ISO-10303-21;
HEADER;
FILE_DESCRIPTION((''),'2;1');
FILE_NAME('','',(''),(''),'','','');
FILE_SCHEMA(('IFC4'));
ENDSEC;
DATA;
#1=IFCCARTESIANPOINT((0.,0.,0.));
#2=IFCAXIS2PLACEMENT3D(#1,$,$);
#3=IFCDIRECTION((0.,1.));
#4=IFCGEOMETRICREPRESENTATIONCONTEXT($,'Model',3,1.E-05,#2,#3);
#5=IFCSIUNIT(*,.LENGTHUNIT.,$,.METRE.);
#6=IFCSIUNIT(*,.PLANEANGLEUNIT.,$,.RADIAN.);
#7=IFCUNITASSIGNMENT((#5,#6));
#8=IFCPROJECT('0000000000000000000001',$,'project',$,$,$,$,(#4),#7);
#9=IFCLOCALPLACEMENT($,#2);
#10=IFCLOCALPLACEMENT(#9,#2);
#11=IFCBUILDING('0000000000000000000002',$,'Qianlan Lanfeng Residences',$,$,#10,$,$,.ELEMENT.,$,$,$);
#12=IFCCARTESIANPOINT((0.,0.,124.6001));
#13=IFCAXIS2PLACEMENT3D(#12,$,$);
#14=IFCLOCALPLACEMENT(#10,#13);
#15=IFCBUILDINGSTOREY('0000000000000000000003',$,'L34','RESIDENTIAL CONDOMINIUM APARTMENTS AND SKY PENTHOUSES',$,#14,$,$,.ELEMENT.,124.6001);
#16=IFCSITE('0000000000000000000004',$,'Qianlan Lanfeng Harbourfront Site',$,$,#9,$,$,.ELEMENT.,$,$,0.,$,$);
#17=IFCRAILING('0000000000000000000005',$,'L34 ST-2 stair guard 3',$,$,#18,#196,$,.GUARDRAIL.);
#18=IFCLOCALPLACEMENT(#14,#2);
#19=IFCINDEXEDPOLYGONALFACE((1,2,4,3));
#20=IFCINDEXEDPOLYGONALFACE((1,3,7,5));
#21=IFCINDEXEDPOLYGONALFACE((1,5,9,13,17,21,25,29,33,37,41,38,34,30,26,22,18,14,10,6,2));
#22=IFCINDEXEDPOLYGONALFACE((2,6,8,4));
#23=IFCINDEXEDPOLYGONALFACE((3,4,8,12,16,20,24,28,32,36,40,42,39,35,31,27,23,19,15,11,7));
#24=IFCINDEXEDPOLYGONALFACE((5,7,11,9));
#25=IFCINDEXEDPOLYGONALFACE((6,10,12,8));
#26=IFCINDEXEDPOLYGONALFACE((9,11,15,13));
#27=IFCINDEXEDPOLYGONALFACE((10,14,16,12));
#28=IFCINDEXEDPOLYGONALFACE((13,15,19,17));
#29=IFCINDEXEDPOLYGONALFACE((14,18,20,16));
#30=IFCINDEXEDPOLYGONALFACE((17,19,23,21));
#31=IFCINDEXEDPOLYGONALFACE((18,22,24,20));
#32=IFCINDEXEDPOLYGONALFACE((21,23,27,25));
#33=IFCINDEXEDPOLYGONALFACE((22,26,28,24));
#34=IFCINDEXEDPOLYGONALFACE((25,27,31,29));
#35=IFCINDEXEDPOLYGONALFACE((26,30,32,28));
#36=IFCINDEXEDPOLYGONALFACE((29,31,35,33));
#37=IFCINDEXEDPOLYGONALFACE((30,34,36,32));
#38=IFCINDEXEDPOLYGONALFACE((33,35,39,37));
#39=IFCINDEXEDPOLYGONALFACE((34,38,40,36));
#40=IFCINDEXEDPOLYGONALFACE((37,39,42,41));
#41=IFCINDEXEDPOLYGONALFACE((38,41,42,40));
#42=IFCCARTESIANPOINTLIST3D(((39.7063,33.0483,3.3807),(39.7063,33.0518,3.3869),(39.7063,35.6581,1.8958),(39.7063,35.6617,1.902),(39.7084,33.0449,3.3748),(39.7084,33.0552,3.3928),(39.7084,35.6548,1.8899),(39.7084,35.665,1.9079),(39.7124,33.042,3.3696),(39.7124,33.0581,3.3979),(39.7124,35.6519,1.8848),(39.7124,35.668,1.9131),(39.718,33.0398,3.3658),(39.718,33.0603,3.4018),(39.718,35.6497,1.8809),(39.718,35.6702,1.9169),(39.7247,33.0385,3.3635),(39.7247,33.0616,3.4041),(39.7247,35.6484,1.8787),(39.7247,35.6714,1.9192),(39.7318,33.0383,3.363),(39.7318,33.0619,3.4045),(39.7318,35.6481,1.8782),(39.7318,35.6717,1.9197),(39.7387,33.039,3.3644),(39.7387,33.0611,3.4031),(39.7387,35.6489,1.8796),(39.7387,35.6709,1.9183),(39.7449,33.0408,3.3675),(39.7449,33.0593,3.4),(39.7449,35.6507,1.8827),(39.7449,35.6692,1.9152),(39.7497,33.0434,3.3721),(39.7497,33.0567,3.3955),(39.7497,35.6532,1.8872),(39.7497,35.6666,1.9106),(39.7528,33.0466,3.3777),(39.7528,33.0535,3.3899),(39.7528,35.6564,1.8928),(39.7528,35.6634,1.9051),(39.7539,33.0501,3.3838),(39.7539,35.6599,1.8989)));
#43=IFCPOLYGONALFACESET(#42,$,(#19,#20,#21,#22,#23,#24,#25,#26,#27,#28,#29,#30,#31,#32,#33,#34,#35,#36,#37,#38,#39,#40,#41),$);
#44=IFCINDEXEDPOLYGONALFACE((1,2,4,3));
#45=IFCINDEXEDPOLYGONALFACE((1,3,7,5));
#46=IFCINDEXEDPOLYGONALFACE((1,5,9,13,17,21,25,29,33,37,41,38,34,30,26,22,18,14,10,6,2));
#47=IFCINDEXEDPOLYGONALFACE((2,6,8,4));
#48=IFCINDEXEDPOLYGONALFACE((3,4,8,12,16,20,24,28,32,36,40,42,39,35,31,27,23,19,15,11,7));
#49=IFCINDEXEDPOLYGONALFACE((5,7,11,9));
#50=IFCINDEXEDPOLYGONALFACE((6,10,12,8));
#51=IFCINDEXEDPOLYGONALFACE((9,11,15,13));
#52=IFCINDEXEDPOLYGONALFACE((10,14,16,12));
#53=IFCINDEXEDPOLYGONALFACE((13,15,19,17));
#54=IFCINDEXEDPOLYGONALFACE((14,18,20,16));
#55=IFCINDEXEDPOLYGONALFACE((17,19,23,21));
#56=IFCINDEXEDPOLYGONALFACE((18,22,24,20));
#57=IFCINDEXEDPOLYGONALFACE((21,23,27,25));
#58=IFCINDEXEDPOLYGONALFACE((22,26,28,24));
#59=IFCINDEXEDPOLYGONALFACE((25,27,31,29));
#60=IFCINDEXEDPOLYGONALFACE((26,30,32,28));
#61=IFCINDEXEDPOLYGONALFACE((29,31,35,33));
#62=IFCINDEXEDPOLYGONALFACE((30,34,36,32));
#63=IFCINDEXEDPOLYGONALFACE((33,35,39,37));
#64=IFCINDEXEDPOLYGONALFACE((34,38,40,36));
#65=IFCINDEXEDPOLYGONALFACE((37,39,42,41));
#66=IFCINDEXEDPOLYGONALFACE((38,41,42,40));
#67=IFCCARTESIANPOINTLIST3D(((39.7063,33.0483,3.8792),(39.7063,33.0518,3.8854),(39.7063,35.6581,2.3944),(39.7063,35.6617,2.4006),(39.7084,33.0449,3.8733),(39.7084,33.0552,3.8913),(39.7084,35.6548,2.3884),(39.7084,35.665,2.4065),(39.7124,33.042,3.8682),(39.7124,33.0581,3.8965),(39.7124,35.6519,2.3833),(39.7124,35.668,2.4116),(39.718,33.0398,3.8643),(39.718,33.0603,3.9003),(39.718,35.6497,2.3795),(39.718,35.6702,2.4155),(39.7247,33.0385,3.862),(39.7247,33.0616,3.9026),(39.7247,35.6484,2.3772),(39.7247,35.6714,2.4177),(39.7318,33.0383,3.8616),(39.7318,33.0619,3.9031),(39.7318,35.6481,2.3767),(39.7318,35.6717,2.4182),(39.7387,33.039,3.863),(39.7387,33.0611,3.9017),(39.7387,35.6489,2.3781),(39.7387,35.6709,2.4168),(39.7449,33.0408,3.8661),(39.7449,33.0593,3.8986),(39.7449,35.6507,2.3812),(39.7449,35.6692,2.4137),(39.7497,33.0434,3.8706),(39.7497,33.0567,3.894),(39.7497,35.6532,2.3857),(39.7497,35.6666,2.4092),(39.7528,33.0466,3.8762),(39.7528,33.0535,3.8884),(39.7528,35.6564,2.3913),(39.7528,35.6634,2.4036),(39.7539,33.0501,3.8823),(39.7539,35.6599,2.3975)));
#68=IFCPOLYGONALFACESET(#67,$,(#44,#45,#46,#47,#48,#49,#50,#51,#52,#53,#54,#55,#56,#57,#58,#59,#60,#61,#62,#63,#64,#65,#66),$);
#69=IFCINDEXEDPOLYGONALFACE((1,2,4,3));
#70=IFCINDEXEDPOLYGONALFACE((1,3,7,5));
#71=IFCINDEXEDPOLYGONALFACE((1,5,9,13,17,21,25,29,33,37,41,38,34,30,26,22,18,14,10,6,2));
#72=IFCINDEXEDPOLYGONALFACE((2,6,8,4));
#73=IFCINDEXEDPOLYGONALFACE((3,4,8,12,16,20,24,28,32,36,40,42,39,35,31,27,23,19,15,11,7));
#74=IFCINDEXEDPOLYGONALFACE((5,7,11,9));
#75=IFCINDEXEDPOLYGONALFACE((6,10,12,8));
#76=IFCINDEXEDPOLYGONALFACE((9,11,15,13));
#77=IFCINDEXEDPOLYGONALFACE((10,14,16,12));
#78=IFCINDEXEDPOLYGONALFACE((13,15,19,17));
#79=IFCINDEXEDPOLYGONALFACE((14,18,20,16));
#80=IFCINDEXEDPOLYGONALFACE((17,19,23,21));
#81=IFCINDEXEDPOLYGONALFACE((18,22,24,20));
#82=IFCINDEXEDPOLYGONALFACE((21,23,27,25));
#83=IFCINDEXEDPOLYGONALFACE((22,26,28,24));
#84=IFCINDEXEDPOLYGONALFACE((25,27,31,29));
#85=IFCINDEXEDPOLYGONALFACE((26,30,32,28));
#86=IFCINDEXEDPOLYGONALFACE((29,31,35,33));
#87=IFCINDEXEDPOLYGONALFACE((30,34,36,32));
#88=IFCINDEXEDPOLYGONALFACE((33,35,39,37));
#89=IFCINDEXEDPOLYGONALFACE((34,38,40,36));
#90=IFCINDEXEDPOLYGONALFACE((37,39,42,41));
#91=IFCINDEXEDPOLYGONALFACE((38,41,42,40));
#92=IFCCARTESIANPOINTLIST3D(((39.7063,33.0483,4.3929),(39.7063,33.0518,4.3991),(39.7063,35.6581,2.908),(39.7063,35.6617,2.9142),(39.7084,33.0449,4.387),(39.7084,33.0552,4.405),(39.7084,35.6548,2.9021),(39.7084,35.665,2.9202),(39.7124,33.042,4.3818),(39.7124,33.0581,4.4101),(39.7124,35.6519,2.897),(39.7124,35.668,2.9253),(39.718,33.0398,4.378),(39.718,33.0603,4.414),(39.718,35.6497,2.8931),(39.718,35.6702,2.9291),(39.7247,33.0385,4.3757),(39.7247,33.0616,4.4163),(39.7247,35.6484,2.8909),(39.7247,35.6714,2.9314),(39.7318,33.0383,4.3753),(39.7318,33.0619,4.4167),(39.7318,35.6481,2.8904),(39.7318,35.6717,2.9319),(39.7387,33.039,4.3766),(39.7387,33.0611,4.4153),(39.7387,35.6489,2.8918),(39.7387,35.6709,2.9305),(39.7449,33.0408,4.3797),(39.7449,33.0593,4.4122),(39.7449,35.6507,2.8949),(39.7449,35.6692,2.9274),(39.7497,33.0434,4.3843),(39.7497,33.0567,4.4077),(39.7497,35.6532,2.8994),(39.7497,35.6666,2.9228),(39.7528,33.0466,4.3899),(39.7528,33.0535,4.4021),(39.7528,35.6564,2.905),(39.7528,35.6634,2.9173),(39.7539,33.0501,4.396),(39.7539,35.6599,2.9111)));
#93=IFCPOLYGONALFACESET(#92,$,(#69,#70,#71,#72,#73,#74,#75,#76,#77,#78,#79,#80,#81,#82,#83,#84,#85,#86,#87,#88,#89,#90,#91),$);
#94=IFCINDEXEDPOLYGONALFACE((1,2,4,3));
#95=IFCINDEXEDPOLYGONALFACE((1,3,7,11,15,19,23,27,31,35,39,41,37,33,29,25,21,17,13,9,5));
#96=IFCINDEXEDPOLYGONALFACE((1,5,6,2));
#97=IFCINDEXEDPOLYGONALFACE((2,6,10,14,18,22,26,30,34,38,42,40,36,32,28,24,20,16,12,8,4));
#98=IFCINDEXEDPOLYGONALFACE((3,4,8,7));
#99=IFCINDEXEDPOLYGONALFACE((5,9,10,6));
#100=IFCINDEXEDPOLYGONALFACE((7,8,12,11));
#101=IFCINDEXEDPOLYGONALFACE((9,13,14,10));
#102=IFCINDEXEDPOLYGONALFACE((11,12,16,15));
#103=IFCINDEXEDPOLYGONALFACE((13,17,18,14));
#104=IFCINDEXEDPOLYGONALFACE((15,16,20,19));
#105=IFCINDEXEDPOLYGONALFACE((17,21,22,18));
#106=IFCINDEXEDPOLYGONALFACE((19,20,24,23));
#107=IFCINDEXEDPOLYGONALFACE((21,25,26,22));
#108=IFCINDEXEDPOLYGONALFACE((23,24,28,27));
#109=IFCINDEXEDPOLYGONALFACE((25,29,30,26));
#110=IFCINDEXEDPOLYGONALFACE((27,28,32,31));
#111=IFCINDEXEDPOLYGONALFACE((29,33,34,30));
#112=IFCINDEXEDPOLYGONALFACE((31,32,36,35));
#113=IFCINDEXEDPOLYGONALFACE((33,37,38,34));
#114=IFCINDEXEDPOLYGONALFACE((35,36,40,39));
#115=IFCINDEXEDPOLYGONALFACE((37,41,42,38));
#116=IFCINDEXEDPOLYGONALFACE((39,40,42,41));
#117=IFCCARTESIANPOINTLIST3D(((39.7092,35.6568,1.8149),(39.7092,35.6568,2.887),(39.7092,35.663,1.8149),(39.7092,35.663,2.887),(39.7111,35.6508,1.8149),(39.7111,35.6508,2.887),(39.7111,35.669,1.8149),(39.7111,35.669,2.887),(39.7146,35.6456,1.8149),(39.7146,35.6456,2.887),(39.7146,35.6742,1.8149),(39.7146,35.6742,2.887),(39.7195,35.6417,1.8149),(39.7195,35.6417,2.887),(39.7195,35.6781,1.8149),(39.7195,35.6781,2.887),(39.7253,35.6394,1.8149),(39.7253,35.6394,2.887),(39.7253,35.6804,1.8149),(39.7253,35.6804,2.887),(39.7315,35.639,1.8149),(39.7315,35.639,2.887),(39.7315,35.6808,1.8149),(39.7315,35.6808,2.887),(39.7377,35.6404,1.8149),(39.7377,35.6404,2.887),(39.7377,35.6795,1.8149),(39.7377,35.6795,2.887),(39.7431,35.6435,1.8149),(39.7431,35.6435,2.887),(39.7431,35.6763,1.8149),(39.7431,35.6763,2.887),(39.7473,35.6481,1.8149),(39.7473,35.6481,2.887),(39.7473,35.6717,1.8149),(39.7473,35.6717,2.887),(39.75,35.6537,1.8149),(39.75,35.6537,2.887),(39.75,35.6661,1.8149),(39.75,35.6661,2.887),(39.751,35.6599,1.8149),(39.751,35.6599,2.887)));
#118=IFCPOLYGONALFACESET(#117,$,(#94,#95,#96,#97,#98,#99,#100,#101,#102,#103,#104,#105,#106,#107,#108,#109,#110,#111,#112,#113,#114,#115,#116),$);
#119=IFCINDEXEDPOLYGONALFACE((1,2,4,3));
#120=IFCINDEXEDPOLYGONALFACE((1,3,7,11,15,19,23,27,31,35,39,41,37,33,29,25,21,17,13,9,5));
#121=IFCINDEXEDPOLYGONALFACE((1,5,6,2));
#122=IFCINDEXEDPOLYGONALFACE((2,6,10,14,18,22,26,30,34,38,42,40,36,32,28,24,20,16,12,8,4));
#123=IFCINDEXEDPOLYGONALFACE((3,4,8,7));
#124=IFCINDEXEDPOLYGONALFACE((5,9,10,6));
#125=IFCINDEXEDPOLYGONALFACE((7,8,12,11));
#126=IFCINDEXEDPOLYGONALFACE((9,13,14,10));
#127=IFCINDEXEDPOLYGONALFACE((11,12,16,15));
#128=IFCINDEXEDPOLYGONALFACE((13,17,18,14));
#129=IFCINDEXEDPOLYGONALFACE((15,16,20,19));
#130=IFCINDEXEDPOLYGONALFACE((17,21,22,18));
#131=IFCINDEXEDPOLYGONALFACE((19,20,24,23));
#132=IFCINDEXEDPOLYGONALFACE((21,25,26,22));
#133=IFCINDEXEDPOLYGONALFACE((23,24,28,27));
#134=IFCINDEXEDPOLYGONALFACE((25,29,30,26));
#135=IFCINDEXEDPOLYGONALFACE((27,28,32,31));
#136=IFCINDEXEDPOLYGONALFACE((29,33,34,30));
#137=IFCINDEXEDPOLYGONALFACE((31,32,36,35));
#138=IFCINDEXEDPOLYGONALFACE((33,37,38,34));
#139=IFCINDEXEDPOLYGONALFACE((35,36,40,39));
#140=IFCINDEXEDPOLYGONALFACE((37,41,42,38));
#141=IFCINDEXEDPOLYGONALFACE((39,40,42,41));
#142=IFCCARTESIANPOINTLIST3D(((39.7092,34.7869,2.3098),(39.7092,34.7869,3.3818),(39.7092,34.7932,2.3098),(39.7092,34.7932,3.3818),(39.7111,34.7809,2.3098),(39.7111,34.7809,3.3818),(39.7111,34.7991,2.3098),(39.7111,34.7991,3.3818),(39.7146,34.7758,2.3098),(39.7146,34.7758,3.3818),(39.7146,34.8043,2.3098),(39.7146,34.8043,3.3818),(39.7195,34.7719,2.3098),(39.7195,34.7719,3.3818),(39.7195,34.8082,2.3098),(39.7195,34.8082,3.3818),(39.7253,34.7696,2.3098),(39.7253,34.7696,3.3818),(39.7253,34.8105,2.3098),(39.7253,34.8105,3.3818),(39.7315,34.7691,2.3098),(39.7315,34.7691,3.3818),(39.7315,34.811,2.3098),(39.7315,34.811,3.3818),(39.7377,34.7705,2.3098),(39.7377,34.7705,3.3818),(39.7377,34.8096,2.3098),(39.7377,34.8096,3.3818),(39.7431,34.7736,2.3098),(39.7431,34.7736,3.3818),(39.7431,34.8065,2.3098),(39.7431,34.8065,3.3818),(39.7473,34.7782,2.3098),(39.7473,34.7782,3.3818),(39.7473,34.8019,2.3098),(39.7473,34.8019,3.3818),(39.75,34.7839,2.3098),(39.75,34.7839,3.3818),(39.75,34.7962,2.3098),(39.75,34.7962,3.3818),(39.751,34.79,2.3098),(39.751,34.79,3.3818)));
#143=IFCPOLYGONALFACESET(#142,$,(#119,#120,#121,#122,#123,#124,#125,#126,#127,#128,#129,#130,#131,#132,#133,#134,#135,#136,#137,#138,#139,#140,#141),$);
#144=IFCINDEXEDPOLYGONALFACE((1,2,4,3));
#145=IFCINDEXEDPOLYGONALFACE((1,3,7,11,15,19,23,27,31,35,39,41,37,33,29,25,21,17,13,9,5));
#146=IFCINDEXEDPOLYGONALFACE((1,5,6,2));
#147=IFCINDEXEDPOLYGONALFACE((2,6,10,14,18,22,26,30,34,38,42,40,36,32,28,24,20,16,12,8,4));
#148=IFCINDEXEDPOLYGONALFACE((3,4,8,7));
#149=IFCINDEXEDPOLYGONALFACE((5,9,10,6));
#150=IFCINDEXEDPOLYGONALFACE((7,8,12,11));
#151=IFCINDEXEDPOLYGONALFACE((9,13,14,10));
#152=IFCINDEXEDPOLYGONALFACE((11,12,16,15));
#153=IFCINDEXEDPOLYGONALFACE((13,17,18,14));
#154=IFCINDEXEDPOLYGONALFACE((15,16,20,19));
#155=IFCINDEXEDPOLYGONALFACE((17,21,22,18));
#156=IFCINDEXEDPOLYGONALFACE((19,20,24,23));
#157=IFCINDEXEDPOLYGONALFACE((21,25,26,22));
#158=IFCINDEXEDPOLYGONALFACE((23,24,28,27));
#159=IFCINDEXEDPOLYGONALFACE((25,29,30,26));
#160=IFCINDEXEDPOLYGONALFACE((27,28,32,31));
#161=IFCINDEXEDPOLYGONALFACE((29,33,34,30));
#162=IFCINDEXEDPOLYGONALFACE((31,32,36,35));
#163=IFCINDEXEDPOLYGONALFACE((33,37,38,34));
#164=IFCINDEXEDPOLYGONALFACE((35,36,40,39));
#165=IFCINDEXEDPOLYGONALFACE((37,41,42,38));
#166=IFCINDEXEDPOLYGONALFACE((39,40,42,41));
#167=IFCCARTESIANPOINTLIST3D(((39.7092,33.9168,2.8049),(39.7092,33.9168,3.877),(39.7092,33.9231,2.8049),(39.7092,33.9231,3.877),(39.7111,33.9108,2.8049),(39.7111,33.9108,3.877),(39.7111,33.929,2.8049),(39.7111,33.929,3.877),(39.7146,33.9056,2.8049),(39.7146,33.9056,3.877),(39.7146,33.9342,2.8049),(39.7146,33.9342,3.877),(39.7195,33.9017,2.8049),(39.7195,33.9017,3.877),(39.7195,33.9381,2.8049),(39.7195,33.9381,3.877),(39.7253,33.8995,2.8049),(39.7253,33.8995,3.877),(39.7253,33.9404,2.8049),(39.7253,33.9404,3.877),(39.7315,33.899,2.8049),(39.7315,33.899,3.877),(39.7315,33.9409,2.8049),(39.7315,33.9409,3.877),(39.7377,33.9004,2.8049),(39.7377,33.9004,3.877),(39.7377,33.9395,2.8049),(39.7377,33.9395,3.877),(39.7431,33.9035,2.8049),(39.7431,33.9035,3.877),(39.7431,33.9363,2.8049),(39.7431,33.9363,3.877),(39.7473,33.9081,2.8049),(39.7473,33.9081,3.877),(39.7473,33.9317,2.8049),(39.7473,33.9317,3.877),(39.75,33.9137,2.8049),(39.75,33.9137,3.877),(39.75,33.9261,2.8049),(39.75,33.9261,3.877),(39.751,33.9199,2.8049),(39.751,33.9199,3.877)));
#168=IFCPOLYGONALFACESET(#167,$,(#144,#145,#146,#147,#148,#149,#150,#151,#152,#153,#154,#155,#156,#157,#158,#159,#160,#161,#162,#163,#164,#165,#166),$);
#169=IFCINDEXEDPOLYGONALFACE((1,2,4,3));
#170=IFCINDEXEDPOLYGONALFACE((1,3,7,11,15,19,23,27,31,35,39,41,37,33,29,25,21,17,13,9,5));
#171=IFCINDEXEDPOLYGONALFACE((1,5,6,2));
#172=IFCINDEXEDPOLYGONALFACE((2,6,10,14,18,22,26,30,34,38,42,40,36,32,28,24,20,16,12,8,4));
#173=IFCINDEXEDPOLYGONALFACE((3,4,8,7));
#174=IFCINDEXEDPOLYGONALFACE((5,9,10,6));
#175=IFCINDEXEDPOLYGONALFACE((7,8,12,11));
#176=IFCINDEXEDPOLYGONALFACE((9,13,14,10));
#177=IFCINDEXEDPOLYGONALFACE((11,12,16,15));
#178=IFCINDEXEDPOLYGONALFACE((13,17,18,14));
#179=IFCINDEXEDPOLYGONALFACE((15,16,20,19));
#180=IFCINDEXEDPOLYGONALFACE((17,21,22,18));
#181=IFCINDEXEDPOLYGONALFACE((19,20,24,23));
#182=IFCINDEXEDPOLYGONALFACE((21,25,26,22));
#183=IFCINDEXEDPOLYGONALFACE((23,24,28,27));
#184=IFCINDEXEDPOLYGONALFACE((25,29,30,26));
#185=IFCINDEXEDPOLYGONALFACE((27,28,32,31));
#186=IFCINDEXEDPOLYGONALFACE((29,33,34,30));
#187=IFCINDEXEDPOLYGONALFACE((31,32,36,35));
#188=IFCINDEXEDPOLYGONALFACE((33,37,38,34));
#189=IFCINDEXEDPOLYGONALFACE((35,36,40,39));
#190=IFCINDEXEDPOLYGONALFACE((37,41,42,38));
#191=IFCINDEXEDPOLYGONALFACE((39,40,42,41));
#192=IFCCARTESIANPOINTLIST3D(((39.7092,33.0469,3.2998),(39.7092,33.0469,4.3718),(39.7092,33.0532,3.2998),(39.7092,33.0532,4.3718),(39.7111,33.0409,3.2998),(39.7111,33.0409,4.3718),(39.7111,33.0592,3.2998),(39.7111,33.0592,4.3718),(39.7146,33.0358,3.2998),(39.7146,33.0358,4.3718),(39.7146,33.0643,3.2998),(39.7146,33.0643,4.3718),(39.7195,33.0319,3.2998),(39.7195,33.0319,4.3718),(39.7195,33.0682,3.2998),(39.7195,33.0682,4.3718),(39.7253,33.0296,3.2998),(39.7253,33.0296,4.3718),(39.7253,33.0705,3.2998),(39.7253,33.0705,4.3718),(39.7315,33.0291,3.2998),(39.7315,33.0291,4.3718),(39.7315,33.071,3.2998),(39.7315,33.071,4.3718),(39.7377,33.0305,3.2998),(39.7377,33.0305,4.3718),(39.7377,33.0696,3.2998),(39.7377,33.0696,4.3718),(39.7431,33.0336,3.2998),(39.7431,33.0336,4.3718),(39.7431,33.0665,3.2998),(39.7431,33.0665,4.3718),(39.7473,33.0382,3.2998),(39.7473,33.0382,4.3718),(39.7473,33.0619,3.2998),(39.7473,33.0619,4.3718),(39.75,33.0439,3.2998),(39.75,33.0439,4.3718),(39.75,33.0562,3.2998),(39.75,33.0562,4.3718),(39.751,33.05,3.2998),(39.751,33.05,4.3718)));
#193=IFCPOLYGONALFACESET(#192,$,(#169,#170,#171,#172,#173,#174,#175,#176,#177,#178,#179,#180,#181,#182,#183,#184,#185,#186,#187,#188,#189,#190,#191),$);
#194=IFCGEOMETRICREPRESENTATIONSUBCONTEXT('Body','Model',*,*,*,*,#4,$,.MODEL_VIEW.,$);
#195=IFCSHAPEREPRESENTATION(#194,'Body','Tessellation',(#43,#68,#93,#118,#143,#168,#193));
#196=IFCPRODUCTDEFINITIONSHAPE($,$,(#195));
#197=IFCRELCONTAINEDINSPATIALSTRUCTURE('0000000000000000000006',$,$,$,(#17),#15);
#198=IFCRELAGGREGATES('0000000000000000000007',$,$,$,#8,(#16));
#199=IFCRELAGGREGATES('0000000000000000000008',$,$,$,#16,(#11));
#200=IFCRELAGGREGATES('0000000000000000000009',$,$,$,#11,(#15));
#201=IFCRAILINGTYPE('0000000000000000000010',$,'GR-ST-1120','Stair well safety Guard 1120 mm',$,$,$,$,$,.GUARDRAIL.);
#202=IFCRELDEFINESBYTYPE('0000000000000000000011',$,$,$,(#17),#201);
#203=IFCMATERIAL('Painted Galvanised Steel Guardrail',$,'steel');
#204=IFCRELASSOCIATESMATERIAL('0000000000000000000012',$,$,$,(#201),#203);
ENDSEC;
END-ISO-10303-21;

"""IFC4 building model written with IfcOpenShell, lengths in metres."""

from ifc_helpers import new_model, si_unit, direction, frame, origin, origin_2d, place, context, subcontext, project, spatial, circle, extrude, material, type_object, element, save


model = new_model("IFC4")

# Units and contexts
model_context = context("Model", 3, precision=1e-05, world=origin(), true_north=direction((0.0, 1.0)))
body_context = subcontext(model_context, "Body", "Model", "MODEL_VIEW")
ifc_project = project(units=[si_unit("LENGTHUNIT", "METRE"), si_unit("PLANEANGLEUNIT", "RADIAN")], contexts=[model_context])

# Site, building, storey
site_placement = place(None, origin())
site = spatial("IfcSite", under=ifc_project, at=site_placement, Name="Qianlan Lanfeng Harbourfront Site", CompositionType="ELEMENT", RefElevation=0.0)
building_placement = place(site_placement, origin())
building = spatial("IfcBuilding", under=site, at=building_placement, Name="Qianlan Lanfeng Residences", CompositionType="ELEMENT")
storey_placement = place(building_placement, frame((0.0, 0.0, 124.6001)))
storey = spatial("IfcBuildingStorey", under=building, at=storey_placement, Name="L34", Description="RESIDENTIAL CONDOMINIUM APARTMENTS AND SKY PENTHOUSES", CompositionType="ELEMENT", Elevation=124.6001)

# Railing
ifc_material_1 = material(Name="Painted Galvanised Steel Guardrail", Category="steel")
railing_type_1 = type_object("IfcRailingType", Name="GR-ST-1120", Description="Stair well safety Guard 1120 mm", PredefinedType="GUARDRAIL", material=ifc_material_1)
railing_1_placement = place(storey_placement, frame((39.73, 35.6599, 1.8149)))
element("IfcRailing", 1, at=railing_1_placement, inside=storey, type_object=railing_type_1, Name="L34 ST-2 stair guard 3", PredefinedType="GUARDRAIL", context=body_context, shape_type="SweptSolid", body=[
    extrude(circle(Radius=0.0239, at=origin_2d()), frame((0.0, 0.0, 0.084), z_axis=(0.0, -0.869172, 0.494509), x_axis=(1.0, 0.0, 0.0)), (0.0, 0.0, 1.0), 3.0027),
    extrude(circle(Radius=0.0239, at=origin_2d()), frame((0.0, 0.0, 0.5825), z_axis=(0.0, -0.869172, 0.494509), x_axis=(1.0, 0.0, 0.0)), (0.0, 0.0, 1.0), 3.0027),
    extrude(circle(Radius=0.0239, at=origin_2d()), frame((0.0, 0.0, 1.0962), z_axis=(0.0, -0.869172, 0.494509), x_axis=(1.0, 0.0, 0.0)), (0.0, 0.0, 1.0), 3.0027),
    extrude(circle(Radius=0.021, at=origin_2d()), origin(), (0.0, 0.0, 1.0), 1.072),
    extrude(circle(Radius=0.021, at=origin_2d()), frame((0.0, -0.8699, 0.4949)), (0.0, 0.0, 1.0), 1.072),
    extrude(circle(Radius=0.021, at=origin_2d()), frame((0.0, -1.74, 0.99)), (0.0, 0.0, 1.0), 1.072),
    extrude(circle(Radius=0.021, at=origin_2d()), frame((0.0, -2.6099, 1.4849)), (0.0, 0.0, 1.0), 1.072),
])

save(model, "model.ifc")
